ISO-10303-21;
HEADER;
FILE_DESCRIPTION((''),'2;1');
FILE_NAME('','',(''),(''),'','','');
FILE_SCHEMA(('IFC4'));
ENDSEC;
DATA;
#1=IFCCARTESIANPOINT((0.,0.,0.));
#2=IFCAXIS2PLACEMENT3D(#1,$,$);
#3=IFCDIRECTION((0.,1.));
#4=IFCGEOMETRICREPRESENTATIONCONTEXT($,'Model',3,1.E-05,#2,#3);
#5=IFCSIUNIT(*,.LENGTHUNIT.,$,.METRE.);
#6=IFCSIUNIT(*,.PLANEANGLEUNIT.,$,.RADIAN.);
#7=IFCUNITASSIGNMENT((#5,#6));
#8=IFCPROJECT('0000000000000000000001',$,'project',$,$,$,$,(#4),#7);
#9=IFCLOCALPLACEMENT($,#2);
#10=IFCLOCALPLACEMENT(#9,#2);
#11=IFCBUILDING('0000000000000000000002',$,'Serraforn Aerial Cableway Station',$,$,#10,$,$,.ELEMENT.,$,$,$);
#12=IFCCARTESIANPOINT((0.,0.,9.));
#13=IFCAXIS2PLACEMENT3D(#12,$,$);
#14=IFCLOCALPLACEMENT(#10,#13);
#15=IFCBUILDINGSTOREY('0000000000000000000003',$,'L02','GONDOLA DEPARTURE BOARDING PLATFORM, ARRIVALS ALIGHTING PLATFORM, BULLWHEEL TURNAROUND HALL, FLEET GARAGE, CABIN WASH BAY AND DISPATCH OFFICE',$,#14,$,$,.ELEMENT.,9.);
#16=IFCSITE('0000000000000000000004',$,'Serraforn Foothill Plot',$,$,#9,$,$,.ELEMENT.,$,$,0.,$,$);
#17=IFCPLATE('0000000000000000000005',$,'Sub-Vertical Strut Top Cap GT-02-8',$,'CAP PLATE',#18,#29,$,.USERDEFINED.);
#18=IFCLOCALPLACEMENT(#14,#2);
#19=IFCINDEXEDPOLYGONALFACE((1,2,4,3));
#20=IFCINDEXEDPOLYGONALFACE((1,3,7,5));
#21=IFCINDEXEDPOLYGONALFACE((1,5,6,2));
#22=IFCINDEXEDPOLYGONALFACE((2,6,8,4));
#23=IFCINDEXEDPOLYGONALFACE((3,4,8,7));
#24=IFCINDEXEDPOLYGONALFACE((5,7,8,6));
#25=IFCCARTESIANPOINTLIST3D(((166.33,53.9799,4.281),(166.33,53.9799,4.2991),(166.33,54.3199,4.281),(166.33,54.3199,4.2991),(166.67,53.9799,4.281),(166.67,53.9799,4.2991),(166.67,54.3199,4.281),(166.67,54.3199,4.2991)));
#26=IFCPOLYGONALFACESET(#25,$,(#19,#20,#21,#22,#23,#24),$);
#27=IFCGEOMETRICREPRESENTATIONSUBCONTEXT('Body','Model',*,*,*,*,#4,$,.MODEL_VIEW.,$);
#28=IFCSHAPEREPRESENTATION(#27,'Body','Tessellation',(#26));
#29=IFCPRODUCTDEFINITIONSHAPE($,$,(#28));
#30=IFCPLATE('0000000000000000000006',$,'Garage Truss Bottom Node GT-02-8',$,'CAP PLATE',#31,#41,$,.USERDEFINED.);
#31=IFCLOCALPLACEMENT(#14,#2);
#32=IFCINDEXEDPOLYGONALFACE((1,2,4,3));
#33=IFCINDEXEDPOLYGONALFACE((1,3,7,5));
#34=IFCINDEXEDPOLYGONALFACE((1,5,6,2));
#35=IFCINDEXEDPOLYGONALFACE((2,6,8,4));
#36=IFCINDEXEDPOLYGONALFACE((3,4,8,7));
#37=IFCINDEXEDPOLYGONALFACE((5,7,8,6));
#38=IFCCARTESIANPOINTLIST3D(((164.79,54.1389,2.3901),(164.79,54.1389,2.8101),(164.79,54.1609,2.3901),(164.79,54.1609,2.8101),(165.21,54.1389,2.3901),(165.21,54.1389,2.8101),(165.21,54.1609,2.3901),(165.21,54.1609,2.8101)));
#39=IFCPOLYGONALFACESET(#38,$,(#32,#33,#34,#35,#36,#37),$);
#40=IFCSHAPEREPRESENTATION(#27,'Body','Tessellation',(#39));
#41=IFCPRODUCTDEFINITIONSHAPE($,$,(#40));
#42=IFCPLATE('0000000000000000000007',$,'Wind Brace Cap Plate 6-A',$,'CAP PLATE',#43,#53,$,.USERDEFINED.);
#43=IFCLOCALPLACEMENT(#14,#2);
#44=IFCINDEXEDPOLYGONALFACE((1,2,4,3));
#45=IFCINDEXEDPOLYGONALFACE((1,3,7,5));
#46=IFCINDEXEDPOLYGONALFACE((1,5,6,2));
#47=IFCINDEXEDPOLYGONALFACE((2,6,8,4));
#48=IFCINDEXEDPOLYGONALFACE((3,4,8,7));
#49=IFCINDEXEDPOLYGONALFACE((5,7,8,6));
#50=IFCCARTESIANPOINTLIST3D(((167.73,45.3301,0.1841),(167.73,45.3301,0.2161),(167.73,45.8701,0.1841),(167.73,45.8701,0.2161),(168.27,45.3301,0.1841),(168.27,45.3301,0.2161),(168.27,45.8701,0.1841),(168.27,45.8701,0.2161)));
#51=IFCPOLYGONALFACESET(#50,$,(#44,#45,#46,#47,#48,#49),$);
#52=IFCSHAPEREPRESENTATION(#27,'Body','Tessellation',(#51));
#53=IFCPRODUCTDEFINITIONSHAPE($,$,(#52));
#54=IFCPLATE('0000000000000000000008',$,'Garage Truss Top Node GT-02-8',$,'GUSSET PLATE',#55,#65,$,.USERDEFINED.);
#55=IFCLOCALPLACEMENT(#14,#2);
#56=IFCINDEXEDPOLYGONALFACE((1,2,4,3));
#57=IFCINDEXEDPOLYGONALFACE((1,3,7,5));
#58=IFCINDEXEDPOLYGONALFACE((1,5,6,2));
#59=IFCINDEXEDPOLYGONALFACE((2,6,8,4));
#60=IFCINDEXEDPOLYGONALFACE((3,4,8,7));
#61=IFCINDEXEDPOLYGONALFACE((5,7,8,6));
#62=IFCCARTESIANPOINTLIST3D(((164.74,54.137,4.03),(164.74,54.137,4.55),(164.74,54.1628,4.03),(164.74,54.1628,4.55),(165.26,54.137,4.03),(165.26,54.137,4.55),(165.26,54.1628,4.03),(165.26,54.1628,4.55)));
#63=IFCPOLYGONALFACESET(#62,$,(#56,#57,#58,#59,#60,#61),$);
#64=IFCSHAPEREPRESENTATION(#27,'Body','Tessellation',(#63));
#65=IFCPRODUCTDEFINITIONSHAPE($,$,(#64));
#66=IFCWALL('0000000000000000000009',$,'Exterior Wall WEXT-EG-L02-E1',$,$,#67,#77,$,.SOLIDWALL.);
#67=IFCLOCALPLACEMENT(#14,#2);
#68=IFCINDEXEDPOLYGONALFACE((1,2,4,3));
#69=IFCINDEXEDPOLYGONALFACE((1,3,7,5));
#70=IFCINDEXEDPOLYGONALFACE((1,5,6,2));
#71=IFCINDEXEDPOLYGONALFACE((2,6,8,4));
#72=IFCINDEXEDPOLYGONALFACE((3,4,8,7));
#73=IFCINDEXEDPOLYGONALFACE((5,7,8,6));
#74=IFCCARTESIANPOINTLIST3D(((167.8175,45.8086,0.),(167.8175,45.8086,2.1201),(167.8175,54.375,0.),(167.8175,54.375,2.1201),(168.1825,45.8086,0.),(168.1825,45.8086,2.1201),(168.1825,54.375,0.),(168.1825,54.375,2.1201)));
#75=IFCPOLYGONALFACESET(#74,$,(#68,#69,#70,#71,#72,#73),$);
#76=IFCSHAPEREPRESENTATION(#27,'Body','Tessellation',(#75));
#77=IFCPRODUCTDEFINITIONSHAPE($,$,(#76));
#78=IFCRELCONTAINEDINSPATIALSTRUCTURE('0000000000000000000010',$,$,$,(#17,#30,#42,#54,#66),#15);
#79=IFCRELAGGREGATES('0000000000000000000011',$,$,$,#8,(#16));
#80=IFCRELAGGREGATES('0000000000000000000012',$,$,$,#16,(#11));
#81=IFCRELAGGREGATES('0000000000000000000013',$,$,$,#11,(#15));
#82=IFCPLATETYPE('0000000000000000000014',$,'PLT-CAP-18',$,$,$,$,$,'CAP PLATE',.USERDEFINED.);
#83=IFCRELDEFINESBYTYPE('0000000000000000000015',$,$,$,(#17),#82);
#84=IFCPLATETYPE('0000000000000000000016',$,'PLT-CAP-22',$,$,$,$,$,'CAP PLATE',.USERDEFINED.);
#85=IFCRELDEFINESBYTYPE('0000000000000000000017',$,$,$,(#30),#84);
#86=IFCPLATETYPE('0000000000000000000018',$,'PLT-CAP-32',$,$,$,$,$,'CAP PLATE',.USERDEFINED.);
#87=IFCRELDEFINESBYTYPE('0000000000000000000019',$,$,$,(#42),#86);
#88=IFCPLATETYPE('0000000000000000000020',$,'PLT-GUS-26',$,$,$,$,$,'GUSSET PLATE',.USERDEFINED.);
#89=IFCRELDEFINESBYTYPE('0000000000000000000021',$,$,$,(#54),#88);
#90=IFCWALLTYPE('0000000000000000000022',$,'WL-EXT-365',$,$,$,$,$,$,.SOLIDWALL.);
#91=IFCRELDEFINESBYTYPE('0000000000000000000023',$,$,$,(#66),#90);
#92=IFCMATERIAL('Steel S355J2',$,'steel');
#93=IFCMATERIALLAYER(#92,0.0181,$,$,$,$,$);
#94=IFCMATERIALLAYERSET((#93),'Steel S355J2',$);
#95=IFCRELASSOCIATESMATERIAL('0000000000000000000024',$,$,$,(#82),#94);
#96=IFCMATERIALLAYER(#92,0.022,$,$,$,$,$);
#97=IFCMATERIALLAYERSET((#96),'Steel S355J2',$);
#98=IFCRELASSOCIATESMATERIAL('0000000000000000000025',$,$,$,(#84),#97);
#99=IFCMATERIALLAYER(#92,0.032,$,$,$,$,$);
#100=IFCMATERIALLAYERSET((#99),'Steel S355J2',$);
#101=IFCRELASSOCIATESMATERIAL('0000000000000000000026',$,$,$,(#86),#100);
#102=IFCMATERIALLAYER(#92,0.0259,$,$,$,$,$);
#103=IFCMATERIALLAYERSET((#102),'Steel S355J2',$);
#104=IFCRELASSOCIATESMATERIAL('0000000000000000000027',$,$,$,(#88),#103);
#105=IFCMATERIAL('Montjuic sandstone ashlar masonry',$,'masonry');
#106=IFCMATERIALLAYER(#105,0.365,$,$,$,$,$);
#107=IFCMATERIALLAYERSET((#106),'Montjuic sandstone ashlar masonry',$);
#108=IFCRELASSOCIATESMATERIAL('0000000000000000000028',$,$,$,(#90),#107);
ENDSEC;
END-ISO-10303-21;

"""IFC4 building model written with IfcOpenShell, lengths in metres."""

from ifc_helpers import new_model, si_unit, direction, frame, frame_2d, origin, origin_2d, place, context, subcontext, project, spatial, rectangle, extrude, material, layer, layer_set, type_object, element, save


model = new_model("IFC4")

# Units and contexts
model_context = context("Model", 3, precision=1e-05, world=origin(), true_north=direction((0.0, 1.0)))
body_context = subcontext(model_context, "Body", "Model", "MODEL_VIEW")
ifc_project = project(units=[si_unit("LENGTHUNIT", "METRE"), si_unit("PLANEANGLEUNIT", "RADIAN")], contexts=[model_context])

# Site, building, storey
site_placement = place(None, origin())
site = spatial("IfcSite", under=ifc_project, at=site_placement, Name="Serraforn Foothill Plot", CompositionType="ELEMENT", RefElevation=0.0)
building_placement = place(site_placement, origin())
building = spatial("IfcBuilding", under=site, at=building_placement, Name="Serraforn Aerial Cableway Station", CompositionType="ELEMENT")
storey_placement = place(building_placement, frame((0.0, 0.0, 9.0)))
storey = spatial("IfcBuildingStorey", under=building, at=storey_placement, Name="L02", Description="GONDOLA DEPARTURE BOARDING PLATFORM, ARRIVALS ALIGHTING PLATFORM, BULLWHEEL TURNAROUND HALL, FLEET GARAGE, CABIN WASH BAY AND DISPATCH OFFICE", CompositionType="ELEMENT", Elevation=9.0)

# Shared definitions
ifc_material_1 = material(Name="Steel S355J2", Category="steel")

# Plates
ifc_layer_1 = layer(ifc_material_1, 0.0181)
ifc_layer_set_1 = layer_set([ifc_layer_1], Name="Steel S355J2")
plate_type_1 = type_object("IfcPlateType", Name="PLT-CAP-18", ElementType="CAP PLATE", PredefinedType="USERDEFINED", material=ifc_layer_set_1)
for number, where, z_axis, x_axis, name in (
    (1, (166.5, 54.1499, 4.281), (0.0, 0.0, 1.0), (1.0, 0.0, 0.0), "Sub-Vertical Strut Top Cap GT-02-8"),
):
    element("IfcPlate", number, at=place(storey_placement, frame(where, z_axis=z_axis, x_axis=x_axis)), inside=storey, type_object=plate_type_1, Name=name, ObjectType="CAP PLATE", PredefinedType="USERDEFINED", context=body_context, shape_type="SweptSolid", body=[
        extrude(rectangle(XDim=0.3401, YDim=0.3401, at=origin_2d()), origin(), (0.0, 0.0, 1.0), 0.0181),
    ])
ifc_layer_2 = layer(ifc_material_1, 0.022)
ifc_layer_set_2 = layer_set([ifc_layer_2], Name="Steel S355J2")
plate_type_2 = type_object("IfcPlateType", Name="PLT-CAP-22", ElementType="CAP PLATE", PredefinedType="USERDEFINED", material=ifc_layer_set_2)
plate_1_placement = place(storey_placement, frame((165.0, 54.1499, 2.3901), z_axis=(0.0, 0.0, 1.0), x_axis=(1.0, 0.0, 0.0)))
element("IfcPlate", 2, at=plate_1_placement, inside=storey, type_object=plate_type_2, Name="Garage Truss Bottom Node GT-02-8", ObjectType="CAP PLATE", PredefinedType="USERDEFINED", context=body_context, shape_type="SweptSolid", body=[
    extrude(rectangle(XDim=0.4199, YDim=0.022, at=origin_2d()), origin(), (0.0, 0.0, 1.0), 0.4199),
])
ifc_layer_3 = layer(ifc_material_1, 0.032)
ifc_layer_set_3 = layer_set([ifc_layer_3], Name="Steel S355J2")
plate_type_3 = type_object("IfcPlateType", Name="PLT-CAP-32", ElementType="CAP PLATE", PredefinedType="USERDEFINED", material=ifc_layer_set_3)
plate_2_placement = place(storey_placement, frame((168.0, 45.6001, 0.1841), z_axis=(0.0, 0.0, 1.0), x_axis=(1.0, 0.0, 0.0)))
element("IfcPlate", 3, at=plate_2_placement, inside=storey, type_object=plate_type_3, Name="Wind Brace Cap Plate 6-A", ObjectType="CAP PLATE", PredefinedType="USERDEFINED", context=body_context, shape_type="SweptSolid", body=[
    extrude(rectangle(XDim=0.54, YDim=0.54, at=origin_2d()), origin(), (0.0, 0.0, 1.0), 0.032),
])
ifc_layer_4 = layer(ifc_material_1, 0.0259)
ifc_layer_set_4 = layer_set([ifc_layer_4], Name="Steel S355J2")
plate_type_4 = type_object("IfcPlateType", Name="PLT-GUS-26", ElementType="GUSSET PLATE", PredefinedType="USERDEFINED", material=ifc_layer_set_4)
plate_3_placement = place(storey_placement, frame((165.0, 54.1499, 4.03), z_axis=(0.0, 0.0, 1.0), x_axis=(1.0, 0.0, 0.0)))
element("IfcPlate", 4, at=plate_3_placement, inside=storey, type_object=plate_type_4, Name="Garage Truss Top Node GT-02-8", ObjectType="GUSSET PLATE", PredefinedType="USERDEFINED", context=body_context, shape_type="SweptSolid", body=[
    extrude(rectangle(XDim=0.52, YDim=0.0259, at=origin_2d()), origin(), (0.0, 0.0, 1.0), 0.52),
])

# Wall
ifc_material_2 = material(Name="Montjuic sandstone ashlar masonry", Category="masonry")
ifc_layer_5 = layer(ifc_material_2, 0.365)
ifc_layer_set_5 = layer_set([ifc_layer_5], Name="Montjuic sandstone ashlar masonry")
wall_type = type_object("IfcWallType", Name="WL-EXT-365", PredefinedType="SOLIDWALL", material=ifc_layer_set_5)
wall_placement = place(storey_placement, frame((168.0, 45.8086, 0.0), z_axis=(0.0, 0.0, 1.0), x_axis=(0.0, 1.0, 0.0)))
element("IfcWall", 5, at=wall_placement, inside=storey, type_object=wall_type, Name="Exterior Wall WEXT-EG-L02-E1", PredefinedType="SOLIDWALL", context=body_context, shape_type="SweptSolid", body=[
    extrude(rectangle(XDim=8.5664, YDim=0.365, at=frame_2d((4.2832, 0.0))), origin(), (0.0, 0.0, 1.0), 2.1201),
])

save(model, "model.ifc")
